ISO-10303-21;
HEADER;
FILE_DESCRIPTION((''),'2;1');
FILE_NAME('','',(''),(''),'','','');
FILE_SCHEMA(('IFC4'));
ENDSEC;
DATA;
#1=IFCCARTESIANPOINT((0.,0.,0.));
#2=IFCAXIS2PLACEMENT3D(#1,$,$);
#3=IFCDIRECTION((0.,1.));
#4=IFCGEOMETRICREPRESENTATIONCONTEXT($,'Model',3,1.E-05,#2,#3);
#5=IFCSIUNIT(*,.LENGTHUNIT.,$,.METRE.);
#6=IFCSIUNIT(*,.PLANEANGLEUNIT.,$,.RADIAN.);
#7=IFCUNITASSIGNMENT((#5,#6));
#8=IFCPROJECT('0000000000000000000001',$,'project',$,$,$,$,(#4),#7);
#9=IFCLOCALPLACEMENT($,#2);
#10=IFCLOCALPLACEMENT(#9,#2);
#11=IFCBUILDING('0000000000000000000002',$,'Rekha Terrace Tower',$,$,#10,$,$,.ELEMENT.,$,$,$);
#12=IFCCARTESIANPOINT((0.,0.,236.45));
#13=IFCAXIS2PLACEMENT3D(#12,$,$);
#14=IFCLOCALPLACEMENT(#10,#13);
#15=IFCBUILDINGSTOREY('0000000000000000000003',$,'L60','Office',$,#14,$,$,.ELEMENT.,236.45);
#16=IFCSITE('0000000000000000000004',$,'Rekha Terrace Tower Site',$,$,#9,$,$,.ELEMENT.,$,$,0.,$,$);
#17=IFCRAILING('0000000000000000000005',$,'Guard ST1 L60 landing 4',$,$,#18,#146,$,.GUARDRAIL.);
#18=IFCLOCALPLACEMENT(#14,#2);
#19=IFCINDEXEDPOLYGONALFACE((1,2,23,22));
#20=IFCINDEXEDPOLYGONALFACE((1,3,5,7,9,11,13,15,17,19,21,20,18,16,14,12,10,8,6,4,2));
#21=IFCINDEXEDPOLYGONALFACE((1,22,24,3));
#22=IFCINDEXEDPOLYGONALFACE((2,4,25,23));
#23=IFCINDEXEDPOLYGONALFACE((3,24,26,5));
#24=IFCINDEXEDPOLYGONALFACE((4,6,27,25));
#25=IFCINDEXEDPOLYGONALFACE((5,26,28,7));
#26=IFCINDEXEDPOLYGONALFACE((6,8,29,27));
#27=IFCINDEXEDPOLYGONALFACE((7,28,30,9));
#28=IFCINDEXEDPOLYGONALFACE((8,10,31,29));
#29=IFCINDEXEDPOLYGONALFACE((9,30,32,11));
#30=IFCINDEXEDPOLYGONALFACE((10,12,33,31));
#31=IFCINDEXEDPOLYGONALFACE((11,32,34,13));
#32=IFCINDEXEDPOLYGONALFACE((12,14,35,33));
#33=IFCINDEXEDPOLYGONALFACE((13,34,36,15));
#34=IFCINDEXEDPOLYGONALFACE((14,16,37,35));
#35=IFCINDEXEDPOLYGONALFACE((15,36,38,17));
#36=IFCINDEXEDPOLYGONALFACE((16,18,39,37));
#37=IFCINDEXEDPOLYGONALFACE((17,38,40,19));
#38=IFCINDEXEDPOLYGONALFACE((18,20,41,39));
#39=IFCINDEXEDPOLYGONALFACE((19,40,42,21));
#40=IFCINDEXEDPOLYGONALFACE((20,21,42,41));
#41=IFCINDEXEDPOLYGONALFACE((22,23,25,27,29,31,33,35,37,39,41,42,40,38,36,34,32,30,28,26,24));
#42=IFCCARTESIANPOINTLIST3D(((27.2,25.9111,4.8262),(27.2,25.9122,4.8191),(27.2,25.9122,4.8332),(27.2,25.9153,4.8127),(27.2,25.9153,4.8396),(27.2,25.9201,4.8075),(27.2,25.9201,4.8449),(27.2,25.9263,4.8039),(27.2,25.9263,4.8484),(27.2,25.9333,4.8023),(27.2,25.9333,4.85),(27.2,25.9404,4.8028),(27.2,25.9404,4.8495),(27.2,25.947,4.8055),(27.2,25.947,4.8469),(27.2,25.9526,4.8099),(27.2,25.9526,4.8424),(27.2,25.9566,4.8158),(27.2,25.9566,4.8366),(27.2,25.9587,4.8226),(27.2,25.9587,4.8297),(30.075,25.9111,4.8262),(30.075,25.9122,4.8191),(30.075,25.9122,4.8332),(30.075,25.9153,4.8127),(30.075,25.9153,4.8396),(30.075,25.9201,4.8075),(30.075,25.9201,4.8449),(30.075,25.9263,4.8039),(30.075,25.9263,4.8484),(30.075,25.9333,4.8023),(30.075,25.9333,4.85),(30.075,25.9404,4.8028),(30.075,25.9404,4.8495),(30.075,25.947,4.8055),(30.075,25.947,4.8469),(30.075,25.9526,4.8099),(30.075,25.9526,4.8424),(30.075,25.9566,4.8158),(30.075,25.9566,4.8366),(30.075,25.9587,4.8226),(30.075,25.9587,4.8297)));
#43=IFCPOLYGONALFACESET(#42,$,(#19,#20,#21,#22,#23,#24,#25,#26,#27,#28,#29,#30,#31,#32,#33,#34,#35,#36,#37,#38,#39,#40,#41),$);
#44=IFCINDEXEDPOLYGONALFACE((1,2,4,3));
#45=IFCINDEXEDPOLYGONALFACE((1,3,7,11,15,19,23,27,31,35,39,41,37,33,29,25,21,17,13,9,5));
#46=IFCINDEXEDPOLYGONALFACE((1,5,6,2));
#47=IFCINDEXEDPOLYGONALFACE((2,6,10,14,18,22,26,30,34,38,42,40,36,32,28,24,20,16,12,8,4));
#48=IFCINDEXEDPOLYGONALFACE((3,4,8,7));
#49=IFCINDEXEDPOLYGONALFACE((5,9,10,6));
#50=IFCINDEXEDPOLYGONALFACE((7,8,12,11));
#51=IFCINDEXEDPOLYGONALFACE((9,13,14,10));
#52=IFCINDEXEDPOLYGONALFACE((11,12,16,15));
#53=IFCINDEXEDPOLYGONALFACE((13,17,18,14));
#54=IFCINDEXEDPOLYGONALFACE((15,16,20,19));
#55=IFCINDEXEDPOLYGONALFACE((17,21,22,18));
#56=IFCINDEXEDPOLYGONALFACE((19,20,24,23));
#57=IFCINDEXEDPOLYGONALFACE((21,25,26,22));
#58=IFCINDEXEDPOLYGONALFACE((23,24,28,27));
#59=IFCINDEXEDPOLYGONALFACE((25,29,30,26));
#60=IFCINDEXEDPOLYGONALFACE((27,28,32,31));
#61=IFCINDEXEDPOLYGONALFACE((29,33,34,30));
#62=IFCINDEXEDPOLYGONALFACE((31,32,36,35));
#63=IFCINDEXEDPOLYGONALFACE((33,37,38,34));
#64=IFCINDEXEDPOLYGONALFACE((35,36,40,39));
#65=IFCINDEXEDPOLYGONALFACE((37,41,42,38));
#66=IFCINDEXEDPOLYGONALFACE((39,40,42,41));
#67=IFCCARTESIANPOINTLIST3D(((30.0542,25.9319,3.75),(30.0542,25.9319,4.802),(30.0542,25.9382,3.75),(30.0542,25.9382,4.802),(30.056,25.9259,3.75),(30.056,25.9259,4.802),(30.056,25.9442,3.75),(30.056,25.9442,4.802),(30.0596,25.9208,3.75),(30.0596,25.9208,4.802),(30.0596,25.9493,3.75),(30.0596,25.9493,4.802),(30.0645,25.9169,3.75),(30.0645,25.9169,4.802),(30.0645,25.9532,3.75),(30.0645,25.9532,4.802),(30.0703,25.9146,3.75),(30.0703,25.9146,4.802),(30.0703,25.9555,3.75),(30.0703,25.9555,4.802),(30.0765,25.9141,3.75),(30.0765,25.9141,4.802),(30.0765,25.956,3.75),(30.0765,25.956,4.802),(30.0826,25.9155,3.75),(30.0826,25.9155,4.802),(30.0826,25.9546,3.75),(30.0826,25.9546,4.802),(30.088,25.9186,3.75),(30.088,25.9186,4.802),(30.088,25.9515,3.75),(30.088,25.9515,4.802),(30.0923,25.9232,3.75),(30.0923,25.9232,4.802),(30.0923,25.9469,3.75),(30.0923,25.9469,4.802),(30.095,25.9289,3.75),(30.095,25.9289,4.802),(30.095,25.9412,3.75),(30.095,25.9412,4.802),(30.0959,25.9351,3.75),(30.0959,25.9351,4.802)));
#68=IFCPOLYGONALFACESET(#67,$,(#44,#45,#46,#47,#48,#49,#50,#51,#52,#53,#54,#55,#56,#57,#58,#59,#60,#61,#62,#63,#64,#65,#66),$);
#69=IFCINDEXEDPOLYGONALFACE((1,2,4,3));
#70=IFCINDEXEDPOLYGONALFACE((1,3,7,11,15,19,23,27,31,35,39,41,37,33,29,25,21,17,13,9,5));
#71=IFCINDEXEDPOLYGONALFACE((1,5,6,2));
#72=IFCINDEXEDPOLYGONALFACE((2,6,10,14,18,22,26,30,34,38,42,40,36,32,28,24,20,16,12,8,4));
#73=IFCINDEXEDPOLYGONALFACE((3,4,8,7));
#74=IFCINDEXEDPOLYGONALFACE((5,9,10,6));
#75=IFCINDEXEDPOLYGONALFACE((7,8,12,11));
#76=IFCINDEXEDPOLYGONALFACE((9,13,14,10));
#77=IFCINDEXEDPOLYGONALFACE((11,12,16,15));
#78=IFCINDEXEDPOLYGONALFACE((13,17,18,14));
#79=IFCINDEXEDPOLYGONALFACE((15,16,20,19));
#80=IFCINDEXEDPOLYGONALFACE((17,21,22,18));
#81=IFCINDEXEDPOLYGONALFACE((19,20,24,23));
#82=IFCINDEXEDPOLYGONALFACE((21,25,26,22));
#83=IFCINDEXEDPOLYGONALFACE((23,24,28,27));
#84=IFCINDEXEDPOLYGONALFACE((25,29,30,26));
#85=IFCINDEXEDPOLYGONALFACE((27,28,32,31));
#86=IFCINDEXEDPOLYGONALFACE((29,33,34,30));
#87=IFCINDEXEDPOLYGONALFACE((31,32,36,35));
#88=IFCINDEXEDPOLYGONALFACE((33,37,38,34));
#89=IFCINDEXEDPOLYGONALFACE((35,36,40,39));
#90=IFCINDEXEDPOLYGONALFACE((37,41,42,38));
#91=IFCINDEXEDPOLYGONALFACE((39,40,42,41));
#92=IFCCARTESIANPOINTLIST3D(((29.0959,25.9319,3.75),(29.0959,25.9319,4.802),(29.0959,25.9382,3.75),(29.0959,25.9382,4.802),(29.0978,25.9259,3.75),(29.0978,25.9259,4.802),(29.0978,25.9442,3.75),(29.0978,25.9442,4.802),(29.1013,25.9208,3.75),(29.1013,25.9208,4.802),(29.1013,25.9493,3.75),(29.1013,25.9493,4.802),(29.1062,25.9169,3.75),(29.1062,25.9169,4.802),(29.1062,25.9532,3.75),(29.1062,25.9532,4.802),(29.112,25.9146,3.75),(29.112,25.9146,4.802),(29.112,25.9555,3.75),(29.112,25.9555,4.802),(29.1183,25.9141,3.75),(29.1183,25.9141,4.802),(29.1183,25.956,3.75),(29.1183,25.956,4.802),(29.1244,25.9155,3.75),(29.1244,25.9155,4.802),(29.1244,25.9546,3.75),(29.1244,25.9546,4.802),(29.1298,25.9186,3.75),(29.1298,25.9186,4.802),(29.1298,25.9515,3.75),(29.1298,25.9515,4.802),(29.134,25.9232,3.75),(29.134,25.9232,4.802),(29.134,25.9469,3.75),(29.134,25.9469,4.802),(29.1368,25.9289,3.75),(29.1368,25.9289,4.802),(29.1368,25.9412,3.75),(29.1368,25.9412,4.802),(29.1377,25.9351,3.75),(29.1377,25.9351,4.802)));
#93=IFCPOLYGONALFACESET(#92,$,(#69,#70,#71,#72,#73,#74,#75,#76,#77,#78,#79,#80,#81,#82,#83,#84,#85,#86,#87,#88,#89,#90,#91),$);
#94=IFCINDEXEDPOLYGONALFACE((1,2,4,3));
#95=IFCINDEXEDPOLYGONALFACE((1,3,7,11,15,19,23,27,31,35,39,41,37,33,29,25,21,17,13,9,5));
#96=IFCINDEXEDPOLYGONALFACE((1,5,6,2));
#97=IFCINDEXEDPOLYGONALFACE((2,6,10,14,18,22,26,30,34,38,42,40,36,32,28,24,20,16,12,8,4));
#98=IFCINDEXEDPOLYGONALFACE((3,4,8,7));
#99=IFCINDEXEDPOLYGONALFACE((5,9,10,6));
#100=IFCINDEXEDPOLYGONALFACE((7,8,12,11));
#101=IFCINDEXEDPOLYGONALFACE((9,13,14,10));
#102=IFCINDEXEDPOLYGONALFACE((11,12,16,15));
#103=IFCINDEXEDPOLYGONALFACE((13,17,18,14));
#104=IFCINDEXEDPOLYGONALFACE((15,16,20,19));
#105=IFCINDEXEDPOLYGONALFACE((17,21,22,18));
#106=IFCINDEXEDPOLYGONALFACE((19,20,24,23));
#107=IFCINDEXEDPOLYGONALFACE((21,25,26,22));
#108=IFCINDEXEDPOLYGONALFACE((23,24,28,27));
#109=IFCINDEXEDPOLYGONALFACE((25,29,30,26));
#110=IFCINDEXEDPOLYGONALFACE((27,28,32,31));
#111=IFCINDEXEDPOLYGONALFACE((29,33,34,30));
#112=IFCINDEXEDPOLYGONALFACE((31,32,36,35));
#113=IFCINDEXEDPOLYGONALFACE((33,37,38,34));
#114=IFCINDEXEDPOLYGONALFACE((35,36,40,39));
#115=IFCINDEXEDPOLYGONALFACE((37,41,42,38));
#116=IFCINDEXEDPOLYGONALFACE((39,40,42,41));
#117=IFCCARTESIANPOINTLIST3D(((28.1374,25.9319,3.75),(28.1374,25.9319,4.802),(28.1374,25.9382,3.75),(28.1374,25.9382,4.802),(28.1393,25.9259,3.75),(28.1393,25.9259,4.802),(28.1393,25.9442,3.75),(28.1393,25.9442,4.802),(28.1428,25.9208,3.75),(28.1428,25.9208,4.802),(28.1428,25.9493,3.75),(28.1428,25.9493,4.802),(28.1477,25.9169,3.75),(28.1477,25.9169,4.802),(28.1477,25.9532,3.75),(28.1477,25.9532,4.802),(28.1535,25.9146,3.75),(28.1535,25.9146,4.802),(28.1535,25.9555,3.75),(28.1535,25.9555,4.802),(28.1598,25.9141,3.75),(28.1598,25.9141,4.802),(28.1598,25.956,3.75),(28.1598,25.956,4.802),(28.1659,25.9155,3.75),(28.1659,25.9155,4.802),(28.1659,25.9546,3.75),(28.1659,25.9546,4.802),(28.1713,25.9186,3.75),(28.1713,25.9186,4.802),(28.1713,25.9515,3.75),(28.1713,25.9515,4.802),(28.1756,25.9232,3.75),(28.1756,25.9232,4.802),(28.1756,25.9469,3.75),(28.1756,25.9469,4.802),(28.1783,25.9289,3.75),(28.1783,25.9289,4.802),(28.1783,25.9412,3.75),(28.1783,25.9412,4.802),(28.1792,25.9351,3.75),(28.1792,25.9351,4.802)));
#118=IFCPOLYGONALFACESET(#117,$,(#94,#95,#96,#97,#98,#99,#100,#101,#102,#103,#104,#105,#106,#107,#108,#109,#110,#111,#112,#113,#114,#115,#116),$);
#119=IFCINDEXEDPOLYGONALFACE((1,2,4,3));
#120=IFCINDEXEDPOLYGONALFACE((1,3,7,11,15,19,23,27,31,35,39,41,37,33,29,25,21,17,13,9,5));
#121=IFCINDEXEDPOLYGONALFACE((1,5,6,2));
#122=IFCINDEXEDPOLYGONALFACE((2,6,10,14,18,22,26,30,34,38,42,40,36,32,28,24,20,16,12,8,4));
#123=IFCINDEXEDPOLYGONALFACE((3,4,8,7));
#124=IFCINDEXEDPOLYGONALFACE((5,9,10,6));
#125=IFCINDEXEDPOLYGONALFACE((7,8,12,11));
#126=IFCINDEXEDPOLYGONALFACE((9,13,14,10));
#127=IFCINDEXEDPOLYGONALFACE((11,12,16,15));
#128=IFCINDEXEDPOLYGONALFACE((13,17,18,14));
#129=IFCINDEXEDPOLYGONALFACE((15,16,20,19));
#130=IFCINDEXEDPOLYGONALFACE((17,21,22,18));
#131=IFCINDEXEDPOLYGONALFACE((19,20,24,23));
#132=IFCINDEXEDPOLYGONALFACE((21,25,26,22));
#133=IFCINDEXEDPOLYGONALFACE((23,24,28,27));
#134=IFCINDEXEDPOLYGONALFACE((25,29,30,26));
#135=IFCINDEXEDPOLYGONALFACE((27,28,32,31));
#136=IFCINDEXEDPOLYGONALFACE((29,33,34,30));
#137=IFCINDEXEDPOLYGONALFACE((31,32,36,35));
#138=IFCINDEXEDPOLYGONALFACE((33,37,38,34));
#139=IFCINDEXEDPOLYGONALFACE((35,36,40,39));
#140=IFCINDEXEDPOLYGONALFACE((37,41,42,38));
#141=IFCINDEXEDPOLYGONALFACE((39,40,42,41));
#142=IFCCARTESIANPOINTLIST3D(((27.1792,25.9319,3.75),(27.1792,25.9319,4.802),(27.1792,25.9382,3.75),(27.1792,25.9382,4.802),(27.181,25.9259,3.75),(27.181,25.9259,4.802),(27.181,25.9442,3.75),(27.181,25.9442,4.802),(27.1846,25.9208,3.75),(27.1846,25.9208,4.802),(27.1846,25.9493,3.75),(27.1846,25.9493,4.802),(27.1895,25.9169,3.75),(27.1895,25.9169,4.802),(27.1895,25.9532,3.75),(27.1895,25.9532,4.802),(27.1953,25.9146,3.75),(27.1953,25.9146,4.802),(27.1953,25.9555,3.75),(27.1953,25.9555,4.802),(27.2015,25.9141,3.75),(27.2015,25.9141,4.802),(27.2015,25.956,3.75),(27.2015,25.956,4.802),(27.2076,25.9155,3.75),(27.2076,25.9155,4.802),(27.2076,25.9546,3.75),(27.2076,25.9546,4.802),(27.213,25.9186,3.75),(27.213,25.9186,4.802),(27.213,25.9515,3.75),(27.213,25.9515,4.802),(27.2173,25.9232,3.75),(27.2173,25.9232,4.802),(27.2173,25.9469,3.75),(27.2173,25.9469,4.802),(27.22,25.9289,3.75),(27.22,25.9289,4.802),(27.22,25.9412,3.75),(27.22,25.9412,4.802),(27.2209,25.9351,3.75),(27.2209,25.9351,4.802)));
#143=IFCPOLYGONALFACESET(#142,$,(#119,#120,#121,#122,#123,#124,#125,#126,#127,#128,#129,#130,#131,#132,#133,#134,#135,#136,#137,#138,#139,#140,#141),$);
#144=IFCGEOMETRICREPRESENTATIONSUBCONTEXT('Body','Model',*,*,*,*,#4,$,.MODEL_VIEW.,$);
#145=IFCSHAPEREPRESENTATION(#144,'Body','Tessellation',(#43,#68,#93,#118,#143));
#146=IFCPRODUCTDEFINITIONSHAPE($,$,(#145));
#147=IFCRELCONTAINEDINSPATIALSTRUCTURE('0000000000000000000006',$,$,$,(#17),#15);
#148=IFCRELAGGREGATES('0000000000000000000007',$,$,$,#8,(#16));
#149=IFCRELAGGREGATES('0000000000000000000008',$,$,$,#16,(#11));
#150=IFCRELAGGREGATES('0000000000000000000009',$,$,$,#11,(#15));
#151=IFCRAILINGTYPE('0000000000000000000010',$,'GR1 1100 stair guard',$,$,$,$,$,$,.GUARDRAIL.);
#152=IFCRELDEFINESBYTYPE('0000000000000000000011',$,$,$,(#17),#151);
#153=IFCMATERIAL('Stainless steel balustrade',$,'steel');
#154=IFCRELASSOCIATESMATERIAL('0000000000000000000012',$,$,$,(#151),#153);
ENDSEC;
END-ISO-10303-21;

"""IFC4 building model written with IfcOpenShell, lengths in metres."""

from ifc_helpers import new_model, si_unit, direction, frame, origin, origin_2d, place, context, subcontext, project, spatial, circle, extrude, material, type_object, element, save


model = new_model("IFC4")

# Units and contexts
model_context = context("Model", 3, precision=1e-05, world=origin(), true_north=direction((0.0, 1.0)))
body_context = subcontext(model_context, "Body", "Model", "MODEL_VIEW")
ifc_project = project(units=[si_unit("LENGTHUNIT", "METRE"), si_unit("PLANEANGLEUNIT", "RADIAN")], contexts=[model_context])

# Site, building, storey
site_placement = place(None, origin())
site = spatial("IfcSite", under=ifc_project, at=site_placement, Name="Rekha Terrace Tower Site", CompositionType="ELEMENT", RefElevation=0.0)
building_placement = place(site_placement, origin())
building = spatial("IfcBuilding", under=site, at=building_placement, Name="Rekha Terrace Tower", CompositionType="ELEMENT")
storey_placement = place(building_placement, frame((0.0, 0.0, 236.45)))
storey = spatial("IfcBuildingStorey", under=building, at=storey_placement, Name="L60", Description="Office", CompositionType="ELEMENT", Elevation=236.45)

# Railing
ifc_material_1 = material(Name="Stainless steel balustrade", Category="steel")
railing_type_1 = type_object("IfcRailingType", Name="GR1 1100 stair guard", PredefinedType="GUARDRAIL", material=ifc_material_1)
railing_1_placement = place(storey_placement, frame((30.075, 25.9351, 3.75)))
element("IfcRailing", 1, at=railing_1_placement, inside=storey, type_object=railing_type_1, Name="Guard ST1 L60 landing 4", PredefinedType="GUARDRAIL", context=body_context, shape_type="SweptSolid", body=[
    extrude(circle(Radius=0.0239, at=origin_2d()), frame((0.0, 0.0, 1.0762), z_axis=(-1.0, 0.0, 0.0), x_axis=(0.0, -1.0, 0.0)), (0.0, 0.0, 1.0), 2.875),
    extrude(circle(Radius=0.021, at=origin_2d()), origin(), (0.0, 0.0, 1.0), 1.052),
    extrude(circle(Radius=0.021, at=origin_2d()), frame((-0.9583, 0.0, 0.0)), (0.0, 0.0, 1.0), 1.052),
    extrude(circle(Radius=0.021, at=origin_2d()), frame((-1.9167, 0.0, 0.0)), (0.0, 0.0, 1.0), 1.052),
    extrude(circle(Radius=0.021, at=origin_2d()), frame((-2.875, 0.0, 0.0)), (0.0, 0.0, 1.0), 1.052),
])

save(model, "model.ifc")
